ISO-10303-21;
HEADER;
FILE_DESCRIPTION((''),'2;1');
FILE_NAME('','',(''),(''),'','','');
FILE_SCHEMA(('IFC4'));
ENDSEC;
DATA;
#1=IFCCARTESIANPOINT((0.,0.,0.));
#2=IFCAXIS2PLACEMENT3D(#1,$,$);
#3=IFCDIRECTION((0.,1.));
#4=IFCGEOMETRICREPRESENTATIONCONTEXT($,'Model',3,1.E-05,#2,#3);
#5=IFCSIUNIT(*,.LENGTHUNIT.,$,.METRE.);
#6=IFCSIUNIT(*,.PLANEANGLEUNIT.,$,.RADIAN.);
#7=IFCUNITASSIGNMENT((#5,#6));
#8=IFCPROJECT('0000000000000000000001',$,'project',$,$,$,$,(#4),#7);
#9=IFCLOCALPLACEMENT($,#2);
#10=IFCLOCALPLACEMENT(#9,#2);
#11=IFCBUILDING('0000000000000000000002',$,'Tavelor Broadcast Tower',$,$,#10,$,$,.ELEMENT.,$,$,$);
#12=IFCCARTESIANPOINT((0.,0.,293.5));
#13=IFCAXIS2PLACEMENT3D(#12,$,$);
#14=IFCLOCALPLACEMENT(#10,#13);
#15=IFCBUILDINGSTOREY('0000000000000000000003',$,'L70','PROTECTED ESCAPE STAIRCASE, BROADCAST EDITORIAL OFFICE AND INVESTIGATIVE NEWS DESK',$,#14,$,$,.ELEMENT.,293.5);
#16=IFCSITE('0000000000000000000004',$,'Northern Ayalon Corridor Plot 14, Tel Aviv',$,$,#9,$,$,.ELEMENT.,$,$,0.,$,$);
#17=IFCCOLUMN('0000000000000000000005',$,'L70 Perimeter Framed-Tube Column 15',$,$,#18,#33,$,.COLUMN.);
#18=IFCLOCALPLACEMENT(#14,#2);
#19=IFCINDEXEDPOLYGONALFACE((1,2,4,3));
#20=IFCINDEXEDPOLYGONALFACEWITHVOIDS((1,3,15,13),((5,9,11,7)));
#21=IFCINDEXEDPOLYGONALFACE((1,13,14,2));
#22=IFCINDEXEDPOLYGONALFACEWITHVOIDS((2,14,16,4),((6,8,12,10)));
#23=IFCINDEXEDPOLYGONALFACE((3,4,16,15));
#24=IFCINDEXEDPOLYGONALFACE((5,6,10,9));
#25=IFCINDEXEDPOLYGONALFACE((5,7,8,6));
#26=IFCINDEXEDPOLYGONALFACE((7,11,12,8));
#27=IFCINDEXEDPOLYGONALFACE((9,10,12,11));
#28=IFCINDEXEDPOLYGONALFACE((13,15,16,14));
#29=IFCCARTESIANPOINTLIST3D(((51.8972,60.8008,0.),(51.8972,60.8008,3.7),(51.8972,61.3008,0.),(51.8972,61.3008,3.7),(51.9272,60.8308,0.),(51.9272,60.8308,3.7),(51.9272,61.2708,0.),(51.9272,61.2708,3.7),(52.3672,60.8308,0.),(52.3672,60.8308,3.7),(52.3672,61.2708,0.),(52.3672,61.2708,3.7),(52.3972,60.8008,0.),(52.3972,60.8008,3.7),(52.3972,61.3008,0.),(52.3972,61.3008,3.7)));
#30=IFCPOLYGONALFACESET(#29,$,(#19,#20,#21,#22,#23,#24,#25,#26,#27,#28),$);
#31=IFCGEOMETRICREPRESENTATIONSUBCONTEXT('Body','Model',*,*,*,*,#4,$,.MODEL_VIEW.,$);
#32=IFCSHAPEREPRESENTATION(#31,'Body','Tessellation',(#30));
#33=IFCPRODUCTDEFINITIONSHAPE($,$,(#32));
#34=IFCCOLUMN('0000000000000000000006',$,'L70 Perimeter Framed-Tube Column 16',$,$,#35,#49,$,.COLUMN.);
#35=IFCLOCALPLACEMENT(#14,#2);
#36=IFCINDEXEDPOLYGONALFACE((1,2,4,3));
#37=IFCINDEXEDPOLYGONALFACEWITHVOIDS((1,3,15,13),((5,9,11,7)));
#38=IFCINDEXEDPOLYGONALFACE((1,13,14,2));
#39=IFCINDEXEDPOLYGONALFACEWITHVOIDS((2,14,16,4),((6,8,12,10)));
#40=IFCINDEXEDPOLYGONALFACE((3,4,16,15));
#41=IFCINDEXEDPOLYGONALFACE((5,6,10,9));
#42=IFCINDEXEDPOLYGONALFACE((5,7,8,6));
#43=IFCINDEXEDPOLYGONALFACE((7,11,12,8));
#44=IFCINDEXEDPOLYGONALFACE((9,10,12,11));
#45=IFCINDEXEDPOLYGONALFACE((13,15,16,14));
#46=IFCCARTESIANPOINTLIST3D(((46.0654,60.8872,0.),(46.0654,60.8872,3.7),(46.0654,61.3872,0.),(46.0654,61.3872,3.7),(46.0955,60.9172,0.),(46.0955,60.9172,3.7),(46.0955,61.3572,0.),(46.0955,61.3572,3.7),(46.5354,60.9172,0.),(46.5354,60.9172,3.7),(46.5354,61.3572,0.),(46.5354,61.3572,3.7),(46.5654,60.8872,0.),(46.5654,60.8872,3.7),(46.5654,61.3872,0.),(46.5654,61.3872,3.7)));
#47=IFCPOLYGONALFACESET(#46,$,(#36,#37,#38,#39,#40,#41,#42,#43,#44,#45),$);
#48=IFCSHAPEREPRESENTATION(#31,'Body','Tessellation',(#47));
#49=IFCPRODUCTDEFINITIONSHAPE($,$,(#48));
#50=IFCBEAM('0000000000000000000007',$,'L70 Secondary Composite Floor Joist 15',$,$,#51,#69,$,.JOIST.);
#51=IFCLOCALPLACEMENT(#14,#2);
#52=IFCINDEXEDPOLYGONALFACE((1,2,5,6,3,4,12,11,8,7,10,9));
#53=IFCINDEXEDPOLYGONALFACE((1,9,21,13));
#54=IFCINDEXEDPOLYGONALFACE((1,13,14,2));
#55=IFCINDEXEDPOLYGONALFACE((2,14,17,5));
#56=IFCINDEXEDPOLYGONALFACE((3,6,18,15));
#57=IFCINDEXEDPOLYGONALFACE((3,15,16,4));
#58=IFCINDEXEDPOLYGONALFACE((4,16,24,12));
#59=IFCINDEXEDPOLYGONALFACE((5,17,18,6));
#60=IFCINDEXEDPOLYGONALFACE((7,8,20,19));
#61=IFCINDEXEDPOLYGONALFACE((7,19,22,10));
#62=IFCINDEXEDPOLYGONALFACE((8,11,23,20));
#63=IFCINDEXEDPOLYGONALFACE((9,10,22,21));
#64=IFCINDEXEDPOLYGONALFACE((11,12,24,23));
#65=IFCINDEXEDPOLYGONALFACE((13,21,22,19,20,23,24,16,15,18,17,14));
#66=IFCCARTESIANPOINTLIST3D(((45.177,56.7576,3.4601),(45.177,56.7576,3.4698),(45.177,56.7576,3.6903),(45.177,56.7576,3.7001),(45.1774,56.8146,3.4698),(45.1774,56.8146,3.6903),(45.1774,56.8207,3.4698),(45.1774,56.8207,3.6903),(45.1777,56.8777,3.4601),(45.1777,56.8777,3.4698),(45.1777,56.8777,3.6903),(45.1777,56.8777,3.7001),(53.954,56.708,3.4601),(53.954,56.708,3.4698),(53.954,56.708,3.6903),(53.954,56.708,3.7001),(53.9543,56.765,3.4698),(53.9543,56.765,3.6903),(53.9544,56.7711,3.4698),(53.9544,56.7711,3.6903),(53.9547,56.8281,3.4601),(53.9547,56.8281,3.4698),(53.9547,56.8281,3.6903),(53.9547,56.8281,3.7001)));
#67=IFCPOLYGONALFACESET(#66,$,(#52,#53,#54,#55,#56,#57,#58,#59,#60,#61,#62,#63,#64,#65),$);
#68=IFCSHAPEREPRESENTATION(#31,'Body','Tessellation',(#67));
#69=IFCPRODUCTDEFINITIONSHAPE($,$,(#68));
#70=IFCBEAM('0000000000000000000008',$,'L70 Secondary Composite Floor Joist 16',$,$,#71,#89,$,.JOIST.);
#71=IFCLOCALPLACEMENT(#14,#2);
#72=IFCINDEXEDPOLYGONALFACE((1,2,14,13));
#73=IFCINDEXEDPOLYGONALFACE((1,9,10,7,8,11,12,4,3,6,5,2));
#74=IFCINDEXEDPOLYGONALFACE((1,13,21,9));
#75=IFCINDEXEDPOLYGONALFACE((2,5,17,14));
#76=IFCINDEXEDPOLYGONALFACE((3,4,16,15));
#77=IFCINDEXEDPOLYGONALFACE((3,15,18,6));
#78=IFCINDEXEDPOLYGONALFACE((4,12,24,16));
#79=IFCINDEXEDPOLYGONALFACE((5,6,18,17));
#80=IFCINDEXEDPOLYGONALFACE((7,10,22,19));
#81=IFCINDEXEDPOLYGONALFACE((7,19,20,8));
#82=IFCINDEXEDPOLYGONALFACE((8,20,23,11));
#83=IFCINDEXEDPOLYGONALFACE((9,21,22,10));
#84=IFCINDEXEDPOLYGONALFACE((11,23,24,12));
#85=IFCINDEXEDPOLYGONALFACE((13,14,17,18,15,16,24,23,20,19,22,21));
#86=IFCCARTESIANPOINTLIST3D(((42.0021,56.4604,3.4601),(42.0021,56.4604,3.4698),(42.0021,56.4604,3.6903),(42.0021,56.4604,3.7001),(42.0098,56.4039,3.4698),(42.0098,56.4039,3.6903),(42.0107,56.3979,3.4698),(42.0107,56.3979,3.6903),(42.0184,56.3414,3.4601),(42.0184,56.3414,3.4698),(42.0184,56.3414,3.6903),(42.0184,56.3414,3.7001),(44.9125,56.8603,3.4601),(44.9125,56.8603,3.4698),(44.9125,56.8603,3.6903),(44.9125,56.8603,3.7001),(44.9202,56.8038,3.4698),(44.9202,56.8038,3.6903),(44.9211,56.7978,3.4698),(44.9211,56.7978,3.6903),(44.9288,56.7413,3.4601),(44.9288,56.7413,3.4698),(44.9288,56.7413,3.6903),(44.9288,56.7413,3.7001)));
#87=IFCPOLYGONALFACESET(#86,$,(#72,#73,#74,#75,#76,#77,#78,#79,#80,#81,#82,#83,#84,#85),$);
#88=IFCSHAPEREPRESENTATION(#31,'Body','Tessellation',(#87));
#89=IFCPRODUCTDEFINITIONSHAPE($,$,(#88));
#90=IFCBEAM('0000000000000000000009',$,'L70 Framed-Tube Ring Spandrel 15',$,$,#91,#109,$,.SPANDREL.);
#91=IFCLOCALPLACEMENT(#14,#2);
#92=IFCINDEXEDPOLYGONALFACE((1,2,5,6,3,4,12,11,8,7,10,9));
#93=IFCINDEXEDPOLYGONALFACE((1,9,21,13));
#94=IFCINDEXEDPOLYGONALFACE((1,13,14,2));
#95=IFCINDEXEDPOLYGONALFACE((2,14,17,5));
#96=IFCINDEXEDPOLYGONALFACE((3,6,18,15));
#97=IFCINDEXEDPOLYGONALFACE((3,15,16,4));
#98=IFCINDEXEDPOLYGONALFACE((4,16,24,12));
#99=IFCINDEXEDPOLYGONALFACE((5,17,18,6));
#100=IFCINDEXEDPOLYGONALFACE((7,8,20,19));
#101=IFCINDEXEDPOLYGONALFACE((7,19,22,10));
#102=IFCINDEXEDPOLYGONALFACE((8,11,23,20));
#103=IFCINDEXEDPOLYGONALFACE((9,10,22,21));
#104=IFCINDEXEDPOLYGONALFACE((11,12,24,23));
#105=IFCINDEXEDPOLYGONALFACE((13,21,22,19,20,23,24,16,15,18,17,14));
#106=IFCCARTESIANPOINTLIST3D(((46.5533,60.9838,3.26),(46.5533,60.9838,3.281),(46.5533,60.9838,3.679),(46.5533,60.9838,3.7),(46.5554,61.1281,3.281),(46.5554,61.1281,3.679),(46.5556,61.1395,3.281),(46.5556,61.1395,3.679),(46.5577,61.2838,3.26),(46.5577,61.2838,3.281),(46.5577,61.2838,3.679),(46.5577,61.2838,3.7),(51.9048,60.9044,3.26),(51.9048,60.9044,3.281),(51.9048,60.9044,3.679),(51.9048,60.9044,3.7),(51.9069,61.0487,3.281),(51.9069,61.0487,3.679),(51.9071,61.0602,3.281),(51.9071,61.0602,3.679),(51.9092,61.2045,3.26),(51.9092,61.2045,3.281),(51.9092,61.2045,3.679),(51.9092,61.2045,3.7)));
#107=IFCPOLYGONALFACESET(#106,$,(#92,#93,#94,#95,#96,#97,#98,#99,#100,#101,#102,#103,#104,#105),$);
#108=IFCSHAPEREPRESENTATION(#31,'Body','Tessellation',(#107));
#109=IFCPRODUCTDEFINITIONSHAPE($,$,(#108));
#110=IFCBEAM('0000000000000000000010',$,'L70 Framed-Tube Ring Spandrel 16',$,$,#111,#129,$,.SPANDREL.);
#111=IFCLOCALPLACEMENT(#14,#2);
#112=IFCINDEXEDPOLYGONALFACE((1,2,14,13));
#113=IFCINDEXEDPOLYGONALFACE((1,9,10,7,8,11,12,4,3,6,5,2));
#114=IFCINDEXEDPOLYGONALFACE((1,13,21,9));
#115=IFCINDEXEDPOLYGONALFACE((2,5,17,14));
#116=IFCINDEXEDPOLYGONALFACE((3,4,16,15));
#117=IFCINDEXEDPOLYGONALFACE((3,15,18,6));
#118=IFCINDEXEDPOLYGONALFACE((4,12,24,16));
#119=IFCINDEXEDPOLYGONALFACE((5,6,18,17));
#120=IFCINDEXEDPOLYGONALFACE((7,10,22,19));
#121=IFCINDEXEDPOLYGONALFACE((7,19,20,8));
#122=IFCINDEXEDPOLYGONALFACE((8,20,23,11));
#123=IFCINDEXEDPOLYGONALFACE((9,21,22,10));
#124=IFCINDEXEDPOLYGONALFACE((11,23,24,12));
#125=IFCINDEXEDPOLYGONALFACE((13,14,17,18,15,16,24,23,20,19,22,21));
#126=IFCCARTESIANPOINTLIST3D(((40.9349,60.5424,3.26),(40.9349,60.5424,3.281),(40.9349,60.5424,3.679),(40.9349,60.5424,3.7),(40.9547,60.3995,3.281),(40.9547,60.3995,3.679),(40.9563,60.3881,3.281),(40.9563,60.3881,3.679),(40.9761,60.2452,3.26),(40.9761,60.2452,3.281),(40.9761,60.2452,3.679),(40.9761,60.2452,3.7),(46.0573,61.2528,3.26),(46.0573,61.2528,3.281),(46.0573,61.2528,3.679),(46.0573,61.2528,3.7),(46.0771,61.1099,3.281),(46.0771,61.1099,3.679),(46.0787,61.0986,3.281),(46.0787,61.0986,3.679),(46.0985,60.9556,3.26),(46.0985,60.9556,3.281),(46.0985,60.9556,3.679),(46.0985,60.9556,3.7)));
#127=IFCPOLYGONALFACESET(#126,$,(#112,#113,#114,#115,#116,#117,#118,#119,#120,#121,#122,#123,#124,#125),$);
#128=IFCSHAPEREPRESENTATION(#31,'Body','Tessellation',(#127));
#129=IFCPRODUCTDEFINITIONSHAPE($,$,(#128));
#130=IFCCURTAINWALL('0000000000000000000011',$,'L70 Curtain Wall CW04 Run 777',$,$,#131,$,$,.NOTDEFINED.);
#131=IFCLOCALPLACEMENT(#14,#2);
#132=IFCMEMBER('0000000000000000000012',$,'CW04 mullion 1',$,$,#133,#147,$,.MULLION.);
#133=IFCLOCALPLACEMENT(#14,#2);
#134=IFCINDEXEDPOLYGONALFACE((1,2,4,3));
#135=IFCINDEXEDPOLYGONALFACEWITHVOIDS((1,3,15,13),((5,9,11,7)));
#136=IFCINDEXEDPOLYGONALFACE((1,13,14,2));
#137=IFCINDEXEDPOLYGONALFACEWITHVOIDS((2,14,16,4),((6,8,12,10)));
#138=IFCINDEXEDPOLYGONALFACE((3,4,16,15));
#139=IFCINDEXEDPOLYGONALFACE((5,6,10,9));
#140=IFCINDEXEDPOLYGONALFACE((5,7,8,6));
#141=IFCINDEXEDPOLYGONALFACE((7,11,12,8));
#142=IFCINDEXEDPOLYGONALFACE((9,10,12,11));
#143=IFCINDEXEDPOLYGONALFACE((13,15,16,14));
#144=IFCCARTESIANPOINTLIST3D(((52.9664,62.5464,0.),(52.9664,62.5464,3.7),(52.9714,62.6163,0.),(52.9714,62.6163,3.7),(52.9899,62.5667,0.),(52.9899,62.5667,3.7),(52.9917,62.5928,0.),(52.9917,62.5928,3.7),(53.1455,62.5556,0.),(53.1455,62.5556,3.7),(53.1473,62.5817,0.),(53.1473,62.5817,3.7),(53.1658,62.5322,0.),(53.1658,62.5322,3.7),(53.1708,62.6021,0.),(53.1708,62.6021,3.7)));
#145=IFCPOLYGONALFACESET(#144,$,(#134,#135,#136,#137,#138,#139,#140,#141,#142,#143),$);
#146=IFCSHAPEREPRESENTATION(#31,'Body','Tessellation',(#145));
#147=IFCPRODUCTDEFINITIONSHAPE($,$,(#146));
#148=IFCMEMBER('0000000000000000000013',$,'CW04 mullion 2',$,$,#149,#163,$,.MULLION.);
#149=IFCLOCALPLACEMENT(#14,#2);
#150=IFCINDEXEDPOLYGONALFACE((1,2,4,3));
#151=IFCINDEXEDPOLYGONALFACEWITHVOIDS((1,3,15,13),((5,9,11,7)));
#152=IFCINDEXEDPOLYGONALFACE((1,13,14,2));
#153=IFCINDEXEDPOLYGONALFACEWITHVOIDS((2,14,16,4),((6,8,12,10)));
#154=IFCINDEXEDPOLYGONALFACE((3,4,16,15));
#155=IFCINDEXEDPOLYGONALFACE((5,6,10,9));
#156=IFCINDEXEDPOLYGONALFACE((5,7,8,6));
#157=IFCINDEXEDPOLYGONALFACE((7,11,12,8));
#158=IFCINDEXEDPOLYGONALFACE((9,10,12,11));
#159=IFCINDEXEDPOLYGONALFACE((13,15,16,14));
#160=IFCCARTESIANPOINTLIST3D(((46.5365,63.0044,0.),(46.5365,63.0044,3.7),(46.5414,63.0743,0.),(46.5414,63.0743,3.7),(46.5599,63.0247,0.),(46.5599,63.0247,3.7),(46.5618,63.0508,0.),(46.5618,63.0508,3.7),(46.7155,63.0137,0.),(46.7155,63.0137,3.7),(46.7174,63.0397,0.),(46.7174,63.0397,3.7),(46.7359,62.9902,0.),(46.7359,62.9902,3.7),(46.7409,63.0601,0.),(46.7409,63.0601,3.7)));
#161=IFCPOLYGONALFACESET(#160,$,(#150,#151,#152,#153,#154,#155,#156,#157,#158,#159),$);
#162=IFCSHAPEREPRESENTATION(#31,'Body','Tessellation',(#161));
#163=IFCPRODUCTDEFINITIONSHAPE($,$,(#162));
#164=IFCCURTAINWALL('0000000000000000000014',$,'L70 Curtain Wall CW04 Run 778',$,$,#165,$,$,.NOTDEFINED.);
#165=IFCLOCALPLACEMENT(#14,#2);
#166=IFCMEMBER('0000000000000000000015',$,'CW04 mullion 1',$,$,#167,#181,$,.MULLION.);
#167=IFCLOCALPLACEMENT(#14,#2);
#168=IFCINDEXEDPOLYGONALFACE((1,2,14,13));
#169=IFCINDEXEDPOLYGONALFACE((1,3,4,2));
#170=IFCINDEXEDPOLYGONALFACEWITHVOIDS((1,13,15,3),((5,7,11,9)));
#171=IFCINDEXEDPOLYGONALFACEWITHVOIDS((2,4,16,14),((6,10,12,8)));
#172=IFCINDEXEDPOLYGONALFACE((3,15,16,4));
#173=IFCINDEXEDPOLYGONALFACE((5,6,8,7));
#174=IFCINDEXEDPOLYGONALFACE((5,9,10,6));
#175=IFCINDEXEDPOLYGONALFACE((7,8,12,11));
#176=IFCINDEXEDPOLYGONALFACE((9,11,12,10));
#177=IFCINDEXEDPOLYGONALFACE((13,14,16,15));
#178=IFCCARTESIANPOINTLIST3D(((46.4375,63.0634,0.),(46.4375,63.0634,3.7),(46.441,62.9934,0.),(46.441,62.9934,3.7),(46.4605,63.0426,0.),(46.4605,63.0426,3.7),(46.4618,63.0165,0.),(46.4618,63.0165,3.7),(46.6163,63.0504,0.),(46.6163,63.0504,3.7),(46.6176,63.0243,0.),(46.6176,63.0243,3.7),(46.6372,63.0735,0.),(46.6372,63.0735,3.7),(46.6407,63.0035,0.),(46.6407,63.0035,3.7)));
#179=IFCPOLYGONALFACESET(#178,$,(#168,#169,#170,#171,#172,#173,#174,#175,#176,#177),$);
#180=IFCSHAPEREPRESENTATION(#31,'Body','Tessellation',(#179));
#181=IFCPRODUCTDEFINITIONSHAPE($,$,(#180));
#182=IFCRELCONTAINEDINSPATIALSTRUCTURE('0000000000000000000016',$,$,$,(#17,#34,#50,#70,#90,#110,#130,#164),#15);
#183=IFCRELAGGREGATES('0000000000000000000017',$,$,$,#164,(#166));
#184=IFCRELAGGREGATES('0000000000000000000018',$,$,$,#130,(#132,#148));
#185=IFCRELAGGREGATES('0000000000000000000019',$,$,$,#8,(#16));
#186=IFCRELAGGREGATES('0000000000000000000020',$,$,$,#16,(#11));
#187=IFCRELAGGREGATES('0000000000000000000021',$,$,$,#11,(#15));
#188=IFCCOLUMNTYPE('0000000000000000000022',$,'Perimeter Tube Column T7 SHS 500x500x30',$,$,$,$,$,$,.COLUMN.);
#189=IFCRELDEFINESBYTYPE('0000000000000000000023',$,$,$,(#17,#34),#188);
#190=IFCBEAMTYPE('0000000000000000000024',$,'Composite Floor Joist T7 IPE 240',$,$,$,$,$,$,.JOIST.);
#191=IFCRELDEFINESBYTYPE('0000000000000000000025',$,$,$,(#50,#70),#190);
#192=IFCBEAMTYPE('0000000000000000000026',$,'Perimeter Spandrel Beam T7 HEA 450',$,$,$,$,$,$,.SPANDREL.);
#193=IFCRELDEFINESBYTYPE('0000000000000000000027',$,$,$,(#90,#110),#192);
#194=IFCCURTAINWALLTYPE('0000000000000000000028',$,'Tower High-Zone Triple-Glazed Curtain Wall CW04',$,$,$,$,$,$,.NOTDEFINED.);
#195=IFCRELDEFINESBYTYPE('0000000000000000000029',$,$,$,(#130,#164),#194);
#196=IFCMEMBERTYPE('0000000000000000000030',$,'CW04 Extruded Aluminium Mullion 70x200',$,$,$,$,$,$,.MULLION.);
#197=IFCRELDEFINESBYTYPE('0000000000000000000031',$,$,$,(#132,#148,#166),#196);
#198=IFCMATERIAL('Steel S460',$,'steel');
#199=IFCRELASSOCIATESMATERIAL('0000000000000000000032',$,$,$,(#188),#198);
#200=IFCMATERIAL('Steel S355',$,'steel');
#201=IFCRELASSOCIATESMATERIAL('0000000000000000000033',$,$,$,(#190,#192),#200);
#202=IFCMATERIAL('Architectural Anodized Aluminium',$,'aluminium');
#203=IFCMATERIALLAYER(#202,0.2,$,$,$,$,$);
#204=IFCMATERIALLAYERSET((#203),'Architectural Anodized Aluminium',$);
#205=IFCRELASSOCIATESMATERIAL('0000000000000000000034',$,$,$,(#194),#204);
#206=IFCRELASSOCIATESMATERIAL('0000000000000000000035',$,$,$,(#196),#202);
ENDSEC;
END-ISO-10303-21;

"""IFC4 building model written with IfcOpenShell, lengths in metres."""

from ifc_helpers import new_model, si_unit, direction, frame, origin, origin_2d, place, context, subcontext, project, spatial, hollow_rectangle, i_section, extrude, source, transform, mapped, material, layer, layer_set, material_profile, profile_set, type_object, type_shapes, element, aggregate, save


model = new_model("IFC4")

# Units and contexts
model_context = context("Model", 3, precision=1e-05, world=origin(), true_north=direction((0.0, 1.0)))
body_context = subcontext(model_context, "Body", "Model", "MODEL_VIEW")
ifc_project = project(units=[si_unit("LENGTHUNIT", "METRE"), si_unit("PLANEANGLEUNIT", "RADIAN")], contexts=[model_context])

# Site, building, storey
site_placement = place(None, origin())
site = spatial("IfcSite", under=ifc_project, at=site_placement, Name="Northern Ayalon Corridor Plot 14, Tel Aviv", CompositionType="ELEMENT", RefElevation=0.0)
building_placement = place(site_placement, origin())
building = spatial("IfcBuilding", under=site, at=building_placement, Name="Tavelor Broadcast Tower", CompositionType="ELEMENT")
storey_placement = place(building_placement, frame((0.0, 0.0, 293.5)))
storey = spatial("IfcBuildingStorey", under=building, at=storey_placement, Name="L70", Description="PROTECTED ESCAPE STAIRCASE, BROADCAST EDITORIAL OFFICE AND INVESTIGATIVE NEWS DESK", CompositionType="ELEMENT", Elevation=293.5)

# Columns
ifc_material_1 = material(Name="Steel S460", Category="steel")
ifc_material_profile_1 = material_profile(ifc_material_1, hollow_rectangle(XDim=0.5, YDim=0.5, WallThickness=0.03, at=origin_2d()), Name="SHS 500x500x30")
ifc_profile_set_1 = profile_set([ifc_material_profile_1], Name="Steel S460")
column_type = type_object("IfcColumnType", Name="Perimeter Tube Column T7 SHS 500x500x30", PredefinedType="COLUMN", material=ifc_profile_set_1)
for number, where, z_axis, x_axis, name in (
    (1, (52.1472, 61.0508, 0.0), (0.0, 0.0, 1.0), (1.0, 0.0, 0.0), "L70 Perimeter Framed-Tube Column 15"),
    (2, (46.3154, 61.1372, 0.0), (0.0, 0.0, 1.0), (1.0, 0.0, 0.0), "L70 Perimeter Framed-Tube Column 16"),
):
    element("IfcColumn", number, at=place(storey_placement, frame(where, z_axis=z_axis, x_axis=x_axis)), inside=storey, type_object=column_type, Name=name, PredefinedType="COLUMN", context=body_context, shape_type="SweptSolid", body=[
        extrude(hollow_rectangle(XDim=0.5, YDim=0.5, WallThickness=0.03, at=origin_2d()), origin(), (0.0, 0.0, 1.0), 3.7),
    ])

# Beams
ifc_material_2 = material(Name="Steel S355", Category="steel")
ifc_material_profile_2 = material_profile(ifc_material_2, i_section(OverallWidth=0.1201, OverallDepth=0.24, WebThickness=0.0061, FlangeThickness=0.0098, at=origin_2d()), Name="IPE 240")
ifc_profile_set_2 = profile_set([ifc_material_profile_2], Name="Steel S355")
beam_type_1 = type_object("IfcBeamType", Name="Composite Floor Joist T7 IPE 240", PredefinedType="JOIST", material=ifc_profile_set_2)
beam_1_placement = place(storey_placement, frame((53.9543, 56.7681, 3.5801), z_axis=(-0.999984, 0.005647, 0.0), x_axis=(-0.005647, -0.999984, 0.0)))
element("IfcBeam", 3, at=beam_1_placement, inside=storey, type_object=beam_type_1, Name="L70 Secondary Composite Floor Joist 15", PredefinedType="JOIST", context=body_context, shape_type="SweptSolid", body=[
    extrude(i_section(OverallWidth=0.1201, OverallDepth=0.24, WebThickness=0.0061, FlangeThickness=0.0098, at=origin_2d()), origin(), (0.0, 0.0, 1.0), 8.7771),
])
beam_2_placement = place(storey_placement, frame((44.9207, 56.8008, 3.5801), z_axis=(-0.990692, -0.136126, 0.0), x_axis=(0.136126, -0.990692, 0.0)))
element("IfcBeam", 4, at=beam_2_placement, inside=storey, type_object=beam_type_1, Name="L70 Secondary Composite Floor Joist 16", PredefinedType="JOIST", context=body_context, shape_type="SweptSolid", body=[
    extrude(i_section(OverallWidth=0.1201, OverallDepth=0.24, WebThickness=0.0061, FlangeThickness=0.0098, at=origin_2d()), origin(), (0.0, 0.0, 1.0), 2.9377),
])
ifc_material_profile_3 = material_profile(ifc_material_2, i_section(OverallWidth=0.3, OverallDepth=0.4399, WebThickness=0.0115, FlangeThickness=0.021, at=origin_2d()), Name="HEA 450")
ifc_profile_set_3 = profile_set([ifc_material_profile_3], Name="Steel S355")
beam_type_2 = type_object("IfcBeamType", Name="Perimeter Spandrel Beam T7 HEA 450", PredefinedType="SPANDREL", material=ifc_profile_set_3)
beam_3_placement = place(storey_placement, frame((51.907, 61.0544, 3.48), z_axis=(-0.99989, 0.014825, 0.0), x_axis=(-0.014825, -0.99989, 0.0)))
element("IfcBeam", 5, at=beam_3_placement, inside=storey, type_object=beam_type_2, Name="L70 Framed-Tube Ring Spandrel 15", PredefinedType="SPANDREL", context=body_context, shape_type="SweptSolid", body=[
    extrude(i_section(OverallWidth=0.3, OverallDepth=0.4399, WebThickness=0.0115, FlangeThickness=0.021, at=origin_2d()), origin(), (0.0, 0.0, 1.0), 5.3521),
])
beam_4_placement = place(storey_placement, frame((46.0779, 61.1042, 3.48), z_axis=(-0.990518, -0.137382, 0.0), x_axis=(0.137382, -0.990518, 0.0)))
element("IfcBeam", 6, at=beam_4_placement, inside=storey, type_object=beam_type_2, Name="L70 Framed-Tube Ring Spandrel 16", PredefinedType="SPANDREL", context=body_context, shape_type="SweptSolid", body=[
    extrude(i_section(OverallWidth=0.3, OverallDepth=0.4399, WebThickness=0.0115, FlangeThickness=0.021, at=origin_2d()), origin(), (0.0, 0.0, 1.0), 5.1714),
])

# Curtain walls, members
ifc_material_3 = material(Name="Architectural Anodized Aluminium", Category="aluminium")
ifc_layer_1 = layer(ifc_material_3, 0.2)
ifc_layer_set_1 = layer_set([ifc_layer_1], Name="Architectural Anodized Aluminium")
curtain_wall_type = type_object("IfcCurtainWallType", Name="Tower High-Zone Triple-Glazed Curtain Wall CW04", PredefinedType="NOTDEFINED", material=ifc_layer_set_1)
curtain_wall_1_placement = place(storey_placement, origin())
curtain_wall_1 = element("IfcCurtainWall", 7, at=curtain_wall_1_placement, inside=storey, type_object=curtain_wall_type, Name="L70 Curtain Wall CW04 Run 777", PredefinedType="NOTDEFINED")
ifc_material_profile_4 = material_profile(ifc_material_3, hollow_rectangle(XDim=0.0701, YDim=0.2, WallThickness=0.022, at=origin_2d()), Name="RHS 70x200x22")
ifc_profile_set_4 = profile_set([ifc_material_profile_4], Name="Architectural Anodized Aluminium")
member_type_1 = type_object("IfcMemberType", Name="CW04 Extruded Aluminium Mullion 70x200", PredefinedType="MULLION", material=ifc_profile_set_4)
shared_shape_1 = source(origin(), body_context, "Body", "SweptSolid", [
    extrude(hollow_rectangle(XDim=0.0701, YDim=0.2, WallThickness=0.022, at=origin_2d()), origin(), (0.0, 0.0, 1.0), 3.7),
])
type_shapes(member_type_1, [shared_shape_1])
member_1_placement = place(storey_placement, frame((53.0686, 62.5742, 0.0), z_axis=(0.0, 0.0, 1.0), x_axis=(-0.071069, -0.997471, 0.0)))
member_1 = element("IfcMember", 8, at=member_1_placement, type_object=member_type_1, Name="CW04 mullion 1", PredefinedType="MULLION", context=body_context, shape_type="MappedRepresentation", body=[
    mapped(shared_shape_1, transform((0.0, 0.0, 0.0), scale=1.0)),
])
member_2_placement = place(storey_placement, frame((46.6387, 63.0322, 0.0), z_axis=(0.0, 0.0, 1.0), x_axis=(-0.071069, -0.997471, 0.0)))
member_2 = element("IfcMember", 9, at=member_2_placement, type_object=member_type_1, Name="CW04 mullion 2", PredefinedType="MULLION", context=body_context, shape_type="MappedRepresentation", body=[
    mapped(shared_shape_1, transform((0.0, 0.0, 0.0), scale=1.0)),
])
curtain_wall_2_placement = place(storey_placement, origin())
curtain_wall_2 = element("IfcCurtainWall", 10, at=curtain_wall_2_placement, inside=storey, type_object=curtain_wall_type, Name="L70 Curtain Wall CW04 Run 778", PredefinedType="NOTDEFINED")
member_3_placement = place(storey_placement, frame((46.5391, 63.0334, 0.0), z_axis=(0.0, 0.0, 1.0), x_axis=(0.050161, -0.998741, 0.0)))
member_3 = element("IfcMember", 11, at=member_3_placement, type_object=member_type_1, Name="CW04 mullion 1", PredefinedType="MULLION", context=body_context, shape_type="MappedRepresentation", body=[
    mapped(shared_shape_1, transform((0.0, 0.0, 0.0), scale=1.0)),
])
aggregate(curtain_wall_2, [member_3])

aggregate(curtain_wall_1, [member_1, member_2])

save(model, "model.ifc")
